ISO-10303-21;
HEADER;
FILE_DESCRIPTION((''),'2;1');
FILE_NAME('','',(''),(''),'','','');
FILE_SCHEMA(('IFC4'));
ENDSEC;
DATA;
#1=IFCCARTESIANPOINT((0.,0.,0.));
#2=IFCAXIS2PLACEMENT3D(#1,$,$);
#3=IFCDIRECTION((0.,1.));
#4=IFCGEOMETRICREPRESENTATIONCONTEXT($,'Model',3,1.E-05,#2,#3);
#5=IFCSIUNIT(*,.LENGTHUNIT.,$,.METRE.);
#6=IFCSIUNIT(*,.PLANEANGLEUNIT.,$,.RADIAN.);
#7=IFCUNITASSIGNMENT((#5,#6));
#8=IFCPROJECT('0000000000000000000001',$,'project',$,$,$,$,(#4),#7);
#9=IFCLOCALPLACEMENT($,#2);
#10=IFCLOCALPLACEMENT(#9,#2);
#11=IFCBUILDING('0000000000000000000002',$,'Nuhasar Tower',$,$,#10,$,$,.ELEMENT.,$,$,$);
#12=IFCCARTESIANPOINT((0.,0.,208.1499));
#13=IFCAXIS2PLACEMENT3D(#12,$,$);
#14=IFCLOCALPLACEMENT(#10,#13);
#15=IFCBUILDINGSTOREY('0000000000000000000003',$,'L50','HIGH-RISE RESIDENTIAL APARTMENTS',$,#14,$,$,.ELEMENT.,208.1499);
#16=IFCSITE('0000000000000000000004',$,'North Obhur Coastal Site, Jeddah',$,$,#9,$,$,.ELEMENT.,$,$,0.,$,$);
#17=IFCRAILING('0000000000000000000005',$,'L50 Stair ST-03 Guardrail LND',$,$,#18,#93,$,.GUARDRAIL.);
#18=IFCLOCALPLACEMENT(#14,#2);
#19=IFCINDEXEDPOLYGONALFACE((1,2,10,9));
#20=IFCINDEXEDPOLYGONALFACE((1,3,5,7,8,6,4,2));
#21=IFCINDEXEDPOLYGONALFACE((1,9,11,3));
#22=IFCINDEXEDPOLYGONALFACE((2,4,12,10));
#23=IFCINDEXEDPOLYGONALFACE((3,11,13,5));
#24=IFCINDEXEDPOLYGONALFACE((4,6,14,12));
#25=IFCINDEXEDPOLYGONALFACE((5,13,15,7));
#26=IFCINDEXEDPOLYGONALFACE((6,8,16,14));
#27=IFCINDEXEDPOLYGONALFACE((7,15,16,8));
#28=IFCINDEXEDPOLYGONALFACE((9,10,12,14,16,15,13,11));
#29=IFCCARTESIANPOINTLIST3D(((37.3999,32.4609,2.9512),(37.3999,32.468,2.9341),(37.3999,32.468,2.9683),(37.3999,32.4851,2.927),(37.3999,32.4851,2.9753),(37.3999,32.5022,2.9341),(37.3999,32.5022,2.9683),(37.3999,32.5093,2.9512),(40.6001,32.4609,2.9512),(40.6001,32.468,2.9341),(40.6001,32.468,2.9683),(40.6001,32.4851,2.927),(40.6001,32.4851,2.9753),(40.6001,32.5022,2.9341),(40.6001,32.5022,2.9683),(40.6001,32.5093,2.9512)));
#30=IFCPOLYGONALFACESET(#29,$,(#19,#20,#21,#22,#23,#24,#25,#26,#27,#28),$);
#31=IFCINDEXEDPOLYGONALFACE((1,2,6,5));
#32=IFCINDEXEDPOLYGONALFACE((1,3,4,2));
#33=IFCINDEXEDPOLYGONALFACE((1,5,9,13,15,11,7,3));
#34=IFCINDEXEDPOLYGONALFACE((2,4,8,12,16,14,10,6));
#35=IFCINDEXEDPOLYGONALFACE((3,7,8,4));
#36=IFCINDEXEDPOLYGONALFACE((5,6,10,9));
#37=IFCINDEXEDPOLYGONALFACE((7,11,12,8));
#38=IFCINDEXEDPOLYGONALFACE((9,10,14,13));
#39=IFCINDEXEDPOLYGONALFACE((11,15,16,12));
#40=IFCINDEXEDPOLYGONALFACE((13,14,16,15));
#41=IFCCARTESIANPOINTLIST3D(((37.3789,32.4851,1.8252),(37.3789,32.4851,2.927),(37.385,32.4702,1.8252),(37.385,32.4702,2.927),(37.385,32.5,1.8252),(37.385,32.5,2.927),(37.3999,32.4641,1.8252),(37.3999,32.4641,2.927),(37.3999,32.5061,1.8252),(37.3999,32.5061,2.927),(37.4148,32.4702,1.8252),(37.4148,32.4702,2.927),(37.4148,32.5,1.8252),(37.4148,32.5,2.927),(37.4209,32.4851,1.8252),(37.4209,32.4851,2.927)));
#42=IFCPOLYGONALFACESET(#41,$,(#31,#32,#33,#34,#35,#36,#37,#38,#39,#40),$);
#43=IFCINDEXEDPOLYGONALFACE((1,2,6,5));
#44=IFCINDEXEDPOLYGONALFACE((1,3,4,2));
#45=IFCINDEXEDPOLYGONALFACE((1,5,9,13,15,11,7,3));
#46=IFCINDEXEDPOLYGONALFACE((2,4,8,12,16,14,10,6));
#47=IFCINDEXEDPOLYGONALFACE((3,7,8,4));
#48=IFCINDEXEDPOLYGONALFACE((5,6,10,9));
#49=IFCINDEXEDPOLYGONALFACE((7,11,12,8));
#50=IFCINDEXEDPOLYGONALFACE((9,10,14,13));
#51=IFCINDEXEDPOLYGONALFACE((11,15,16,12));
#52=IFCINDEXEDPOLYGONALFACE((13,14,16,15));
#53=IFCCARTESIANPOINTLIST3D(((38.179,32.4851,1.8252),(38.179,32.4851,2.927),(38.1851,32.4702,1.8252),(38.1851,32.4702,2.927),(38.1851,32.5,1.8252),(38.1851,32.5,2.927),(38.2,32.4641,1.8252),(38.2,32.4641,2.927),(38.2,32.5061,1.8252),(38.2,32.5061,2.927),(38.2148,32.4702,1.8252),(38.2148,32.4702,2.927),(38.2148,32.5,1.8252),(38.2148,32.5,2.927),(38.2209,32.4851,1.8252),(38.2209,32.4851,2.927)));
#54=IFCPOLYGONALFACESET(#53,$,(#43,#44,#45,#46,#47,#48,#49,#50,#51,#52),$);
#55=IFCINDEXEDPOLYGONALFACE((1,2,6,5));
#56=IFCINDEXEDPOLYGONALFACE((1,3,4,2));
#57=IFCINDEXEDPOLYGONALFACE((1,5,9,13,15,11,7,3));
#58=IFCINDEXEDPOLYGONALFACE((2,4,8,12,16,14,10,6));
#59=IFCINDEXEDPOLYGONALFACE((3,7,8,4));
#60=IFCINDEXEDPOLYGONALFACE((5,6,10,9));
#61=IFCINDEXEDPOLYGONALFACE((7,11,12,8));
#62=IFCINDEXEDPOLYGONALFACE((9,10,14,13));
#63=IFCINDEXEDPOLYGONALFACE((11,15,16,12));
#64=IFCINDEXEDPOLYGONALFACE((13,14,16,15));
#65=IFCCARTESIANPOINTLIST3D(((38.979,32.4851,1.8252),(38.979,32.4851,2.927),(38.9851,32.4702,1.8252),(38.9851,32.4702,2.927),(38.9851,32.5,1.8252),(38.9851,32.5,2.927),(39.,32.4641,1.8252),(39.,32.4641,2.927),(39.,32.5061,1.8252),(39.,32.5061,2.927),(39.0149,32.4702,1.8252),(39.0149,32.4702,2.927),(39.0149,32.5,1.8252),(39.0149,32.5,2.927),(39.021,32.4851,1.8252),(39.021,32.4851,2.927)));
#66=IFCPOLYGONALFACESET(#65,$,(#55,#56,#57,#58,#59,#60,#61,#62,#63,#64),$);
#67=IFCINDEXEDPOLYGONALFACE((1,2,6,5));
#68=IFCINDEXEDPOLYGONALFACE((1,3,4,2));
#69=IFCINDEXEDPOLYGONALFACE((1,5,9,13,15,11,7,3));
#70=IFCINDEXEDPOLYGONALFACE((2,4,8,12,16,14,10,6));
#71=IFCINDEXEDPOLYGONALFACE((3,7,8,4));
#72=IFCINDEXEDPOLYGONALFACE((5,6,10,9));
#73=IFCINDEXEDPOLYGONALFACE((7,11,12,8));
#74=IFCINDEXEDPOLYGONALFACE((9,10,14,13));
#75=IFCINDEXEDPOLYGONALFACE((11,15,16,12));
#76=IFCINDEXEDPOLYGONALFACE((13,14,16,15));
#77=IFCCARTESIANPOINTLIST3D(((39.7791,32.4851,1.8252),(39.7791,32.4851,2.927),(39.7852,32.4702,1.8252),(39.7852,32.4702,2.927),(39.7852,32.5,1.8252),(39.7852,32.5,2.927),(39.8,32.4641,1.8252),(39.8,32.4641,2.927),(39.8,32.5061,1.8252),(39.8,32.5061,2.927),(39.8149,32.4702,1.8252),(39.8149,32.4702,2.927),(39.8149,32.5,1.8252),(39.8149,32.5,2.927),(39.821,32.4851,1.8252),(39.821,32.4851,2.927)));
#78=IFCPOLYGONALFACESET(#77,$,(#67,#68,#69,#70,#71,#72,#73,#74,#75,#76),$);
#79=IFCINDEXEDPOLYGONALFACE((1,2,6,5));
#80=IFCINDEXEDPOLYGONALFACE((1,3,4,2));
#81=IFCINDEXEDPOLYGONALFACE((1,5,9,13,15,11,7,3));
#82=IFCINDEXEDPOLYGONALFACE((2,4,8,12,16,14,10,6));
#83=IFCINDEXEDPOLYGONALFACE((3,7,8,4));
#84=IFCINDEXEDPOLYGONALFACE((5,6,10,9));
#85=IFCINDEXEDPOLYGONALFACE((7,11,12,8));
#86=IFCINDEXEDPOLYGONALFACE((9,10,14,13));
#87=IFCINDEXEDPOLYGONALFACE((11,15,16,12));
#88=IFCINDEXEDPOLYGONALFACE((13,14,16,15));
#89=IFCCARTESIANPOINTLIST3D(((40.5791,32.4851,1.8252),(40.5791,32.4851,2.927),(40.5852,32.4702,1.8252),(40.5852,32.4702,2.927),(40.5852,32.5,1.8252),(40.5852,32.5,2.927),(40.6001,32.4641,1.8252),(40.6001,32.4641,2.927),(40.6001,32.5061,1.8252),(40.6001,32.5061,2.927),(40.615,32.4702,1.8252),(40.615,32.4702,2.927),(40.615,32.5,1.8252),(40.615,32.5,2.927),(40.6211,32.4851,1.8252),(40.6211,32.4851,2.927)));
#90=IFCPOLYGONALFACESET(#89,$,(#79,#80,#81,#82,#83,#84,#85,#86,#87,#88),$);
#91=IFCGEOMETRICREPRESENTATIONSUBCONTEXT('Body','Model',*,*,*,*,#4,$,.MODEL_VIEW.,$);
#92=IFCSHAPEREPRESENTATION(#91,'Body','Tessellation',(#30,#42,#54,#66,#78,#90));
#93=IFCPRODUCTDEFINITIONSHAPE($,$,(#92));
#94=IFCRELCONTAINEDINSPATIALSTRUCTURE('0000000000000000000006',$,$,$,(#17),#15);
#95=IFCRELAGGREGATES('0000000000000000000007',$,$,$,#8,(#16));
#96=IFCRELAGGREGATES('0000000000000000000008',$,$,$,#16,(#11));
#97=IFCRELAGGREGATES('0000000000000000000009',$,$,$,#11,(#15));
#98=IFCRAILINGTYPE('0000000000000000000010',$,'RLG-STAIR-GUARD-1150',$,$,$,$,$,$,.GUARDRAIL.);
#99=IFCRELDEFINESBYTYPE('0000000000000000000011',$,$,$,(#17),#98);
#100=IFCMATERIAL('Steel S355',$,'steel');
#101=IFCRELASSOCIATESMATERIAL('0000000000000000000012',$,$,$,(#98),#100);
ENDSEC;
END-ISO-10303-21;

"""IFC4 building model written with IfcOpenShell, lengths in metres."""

from ifc_helpers import new_model, si_unit, direction, frame, origin, place, context, subcontext, project, spatial, polyline, outline, extrude, material, type_object, element, save


model = new_model("IFC4")

# Units and contexts
model_context = context("Model", 3, precision=1e-05, world=origin(), true_north=direction((0.0, 1.0)))
body_context = subcontext(model_context, "Body", "Model", "MODEL_VIEW")
ifc_project = project(units=[si_unit("LENGTHUNIT", "METRE"), si_unit("PLANEANGLEUNIT", "RADIAN")], contexts=[model_context])

# Site, building, storey
site_placement = place(None, origin())
site = spatial("IfcSite", under=ifc_project, at=site_placement, Name="North Obhur Coastal Site, Jeddah", CompositionType="ELEMENT", RefElevation=0.0)
building_placement = place(site_placement, origin())
building = spatial("IfcBuilding", under=site, at=building_placement, Name="Nuhasar Tower", CompositionType="ELEMENT")
storey_placement = place(building_placement, frame((0.0, 0.0, 208.1499)))
storey = spatial("IfcBuildingStorey", under=building, at=storey_placement, Name="L50", Description="HIGH-RISE RESIDENTIAL APARTMENTS", CompositionType="ELEMENT", Elevation=208.1499)

# Shared definitions
ifc_material_1 = material(Name="Steel S355", Category="steel")

# Railing
railing_type_1 = type_object("IfcRailingType", Name="RLG-STAIR-GUARD-1150", PredefinedType="GUARDRAIL", material=ifc_material_1)
railing_1_placement = place(storey_placement, frame((37.3999, 32.4851, 1.8252)))
element("IfcRailing", 1, at=railing_1_placement, inside=storey, type_object=railing_type_1, Name="L50 Stair ST-03 Guardrail LND", PredefinedType="GUARDRAIL", context=body_context, shape_type="SweptSolid", body=[
    extrude(outline(polyline([(0.0242, 0.0), (0.0171, 0.0171), (0.0, 0.0242), (-0.0171, 0.0171), (-0.0242, 0.0), (-0.0171, -0.0171), (0.0, -0.0242), (0.0171, -0.0171), (0.0242, 0.0)])), frame((0.0, 0.0, 1.126), z_axis=(1.0, 0.0, 0.0), x_axis=(0.0, 1.0, 0.0)), (0.0, 0.0, 1.0), 3.2002),
    extrude(outline(polyline([(0.021, 0.0), (0.0149, 0.0149), (0.0, 0.021), (-0.0149, 0.0149), (-0.021, 0.0), (-0.0149, -0.0149), (0.0, -0.021), (0.0149, -0.0149), (0.021, 0.0)])), origin(), (0.0, 0.0, 1.0), 1.1018),
    extrude(outline(polyline([(0.021, 0.0), (0.0149, 0.0149), (0.0, 0.021), (-0.0149, 0.0149), (-0.021, 0.0), (-0.0149, -0.0149), (0.0, -0.021), (0.0149, -0.0149), (0.021, 0.0)])), frame((0.8, 0.0, 0.0)), (0.0, 0.0, 1.0), 1.1018),
    extrude(outline(polyline([(0.021, 0.0), (0.0149, 0.0149), (0.0, 0.021), (-0.0149, 0.0149), (-0.021, 0.0), (-0.0149, -0.0149), (0.0, -0.021), (0.0149, -0.0149), (0.021, 0.0)])), frame((1.6001, 0.0, 0.0)), (0.0, 0.0, 1.0), 1.1018),
    extrude(outline(polyline([(0.021, 0.0), (0.0149, 0.0149), (0.0, 0.021), (-0.0149, 0.0149), (-0.021, 0.0), (-0.0149, -0.0149), (0.0, -0.021), (0.0149, -0.0149), (0.021, 0.0)])), frame((2.4001, 0.0, 0.0)), (0.0, 0.0, 1.0), 1.1018),
    extrude(outline(polyline([(0.021, 0.0), (0.0149, 0.0149), (0.0, 0.021), (-0.0149, 0.0149), (-0.021, 0.0), (-0.0149, -0.0149), (0.0, -0.021), (0.0149, -0.0149), (0.021, 0.0)])), frame((3.2002, 0.0, 0.0)), (0.0, 0.0, 1.0), 1.1018),
])

save(model, "model.ifc")
